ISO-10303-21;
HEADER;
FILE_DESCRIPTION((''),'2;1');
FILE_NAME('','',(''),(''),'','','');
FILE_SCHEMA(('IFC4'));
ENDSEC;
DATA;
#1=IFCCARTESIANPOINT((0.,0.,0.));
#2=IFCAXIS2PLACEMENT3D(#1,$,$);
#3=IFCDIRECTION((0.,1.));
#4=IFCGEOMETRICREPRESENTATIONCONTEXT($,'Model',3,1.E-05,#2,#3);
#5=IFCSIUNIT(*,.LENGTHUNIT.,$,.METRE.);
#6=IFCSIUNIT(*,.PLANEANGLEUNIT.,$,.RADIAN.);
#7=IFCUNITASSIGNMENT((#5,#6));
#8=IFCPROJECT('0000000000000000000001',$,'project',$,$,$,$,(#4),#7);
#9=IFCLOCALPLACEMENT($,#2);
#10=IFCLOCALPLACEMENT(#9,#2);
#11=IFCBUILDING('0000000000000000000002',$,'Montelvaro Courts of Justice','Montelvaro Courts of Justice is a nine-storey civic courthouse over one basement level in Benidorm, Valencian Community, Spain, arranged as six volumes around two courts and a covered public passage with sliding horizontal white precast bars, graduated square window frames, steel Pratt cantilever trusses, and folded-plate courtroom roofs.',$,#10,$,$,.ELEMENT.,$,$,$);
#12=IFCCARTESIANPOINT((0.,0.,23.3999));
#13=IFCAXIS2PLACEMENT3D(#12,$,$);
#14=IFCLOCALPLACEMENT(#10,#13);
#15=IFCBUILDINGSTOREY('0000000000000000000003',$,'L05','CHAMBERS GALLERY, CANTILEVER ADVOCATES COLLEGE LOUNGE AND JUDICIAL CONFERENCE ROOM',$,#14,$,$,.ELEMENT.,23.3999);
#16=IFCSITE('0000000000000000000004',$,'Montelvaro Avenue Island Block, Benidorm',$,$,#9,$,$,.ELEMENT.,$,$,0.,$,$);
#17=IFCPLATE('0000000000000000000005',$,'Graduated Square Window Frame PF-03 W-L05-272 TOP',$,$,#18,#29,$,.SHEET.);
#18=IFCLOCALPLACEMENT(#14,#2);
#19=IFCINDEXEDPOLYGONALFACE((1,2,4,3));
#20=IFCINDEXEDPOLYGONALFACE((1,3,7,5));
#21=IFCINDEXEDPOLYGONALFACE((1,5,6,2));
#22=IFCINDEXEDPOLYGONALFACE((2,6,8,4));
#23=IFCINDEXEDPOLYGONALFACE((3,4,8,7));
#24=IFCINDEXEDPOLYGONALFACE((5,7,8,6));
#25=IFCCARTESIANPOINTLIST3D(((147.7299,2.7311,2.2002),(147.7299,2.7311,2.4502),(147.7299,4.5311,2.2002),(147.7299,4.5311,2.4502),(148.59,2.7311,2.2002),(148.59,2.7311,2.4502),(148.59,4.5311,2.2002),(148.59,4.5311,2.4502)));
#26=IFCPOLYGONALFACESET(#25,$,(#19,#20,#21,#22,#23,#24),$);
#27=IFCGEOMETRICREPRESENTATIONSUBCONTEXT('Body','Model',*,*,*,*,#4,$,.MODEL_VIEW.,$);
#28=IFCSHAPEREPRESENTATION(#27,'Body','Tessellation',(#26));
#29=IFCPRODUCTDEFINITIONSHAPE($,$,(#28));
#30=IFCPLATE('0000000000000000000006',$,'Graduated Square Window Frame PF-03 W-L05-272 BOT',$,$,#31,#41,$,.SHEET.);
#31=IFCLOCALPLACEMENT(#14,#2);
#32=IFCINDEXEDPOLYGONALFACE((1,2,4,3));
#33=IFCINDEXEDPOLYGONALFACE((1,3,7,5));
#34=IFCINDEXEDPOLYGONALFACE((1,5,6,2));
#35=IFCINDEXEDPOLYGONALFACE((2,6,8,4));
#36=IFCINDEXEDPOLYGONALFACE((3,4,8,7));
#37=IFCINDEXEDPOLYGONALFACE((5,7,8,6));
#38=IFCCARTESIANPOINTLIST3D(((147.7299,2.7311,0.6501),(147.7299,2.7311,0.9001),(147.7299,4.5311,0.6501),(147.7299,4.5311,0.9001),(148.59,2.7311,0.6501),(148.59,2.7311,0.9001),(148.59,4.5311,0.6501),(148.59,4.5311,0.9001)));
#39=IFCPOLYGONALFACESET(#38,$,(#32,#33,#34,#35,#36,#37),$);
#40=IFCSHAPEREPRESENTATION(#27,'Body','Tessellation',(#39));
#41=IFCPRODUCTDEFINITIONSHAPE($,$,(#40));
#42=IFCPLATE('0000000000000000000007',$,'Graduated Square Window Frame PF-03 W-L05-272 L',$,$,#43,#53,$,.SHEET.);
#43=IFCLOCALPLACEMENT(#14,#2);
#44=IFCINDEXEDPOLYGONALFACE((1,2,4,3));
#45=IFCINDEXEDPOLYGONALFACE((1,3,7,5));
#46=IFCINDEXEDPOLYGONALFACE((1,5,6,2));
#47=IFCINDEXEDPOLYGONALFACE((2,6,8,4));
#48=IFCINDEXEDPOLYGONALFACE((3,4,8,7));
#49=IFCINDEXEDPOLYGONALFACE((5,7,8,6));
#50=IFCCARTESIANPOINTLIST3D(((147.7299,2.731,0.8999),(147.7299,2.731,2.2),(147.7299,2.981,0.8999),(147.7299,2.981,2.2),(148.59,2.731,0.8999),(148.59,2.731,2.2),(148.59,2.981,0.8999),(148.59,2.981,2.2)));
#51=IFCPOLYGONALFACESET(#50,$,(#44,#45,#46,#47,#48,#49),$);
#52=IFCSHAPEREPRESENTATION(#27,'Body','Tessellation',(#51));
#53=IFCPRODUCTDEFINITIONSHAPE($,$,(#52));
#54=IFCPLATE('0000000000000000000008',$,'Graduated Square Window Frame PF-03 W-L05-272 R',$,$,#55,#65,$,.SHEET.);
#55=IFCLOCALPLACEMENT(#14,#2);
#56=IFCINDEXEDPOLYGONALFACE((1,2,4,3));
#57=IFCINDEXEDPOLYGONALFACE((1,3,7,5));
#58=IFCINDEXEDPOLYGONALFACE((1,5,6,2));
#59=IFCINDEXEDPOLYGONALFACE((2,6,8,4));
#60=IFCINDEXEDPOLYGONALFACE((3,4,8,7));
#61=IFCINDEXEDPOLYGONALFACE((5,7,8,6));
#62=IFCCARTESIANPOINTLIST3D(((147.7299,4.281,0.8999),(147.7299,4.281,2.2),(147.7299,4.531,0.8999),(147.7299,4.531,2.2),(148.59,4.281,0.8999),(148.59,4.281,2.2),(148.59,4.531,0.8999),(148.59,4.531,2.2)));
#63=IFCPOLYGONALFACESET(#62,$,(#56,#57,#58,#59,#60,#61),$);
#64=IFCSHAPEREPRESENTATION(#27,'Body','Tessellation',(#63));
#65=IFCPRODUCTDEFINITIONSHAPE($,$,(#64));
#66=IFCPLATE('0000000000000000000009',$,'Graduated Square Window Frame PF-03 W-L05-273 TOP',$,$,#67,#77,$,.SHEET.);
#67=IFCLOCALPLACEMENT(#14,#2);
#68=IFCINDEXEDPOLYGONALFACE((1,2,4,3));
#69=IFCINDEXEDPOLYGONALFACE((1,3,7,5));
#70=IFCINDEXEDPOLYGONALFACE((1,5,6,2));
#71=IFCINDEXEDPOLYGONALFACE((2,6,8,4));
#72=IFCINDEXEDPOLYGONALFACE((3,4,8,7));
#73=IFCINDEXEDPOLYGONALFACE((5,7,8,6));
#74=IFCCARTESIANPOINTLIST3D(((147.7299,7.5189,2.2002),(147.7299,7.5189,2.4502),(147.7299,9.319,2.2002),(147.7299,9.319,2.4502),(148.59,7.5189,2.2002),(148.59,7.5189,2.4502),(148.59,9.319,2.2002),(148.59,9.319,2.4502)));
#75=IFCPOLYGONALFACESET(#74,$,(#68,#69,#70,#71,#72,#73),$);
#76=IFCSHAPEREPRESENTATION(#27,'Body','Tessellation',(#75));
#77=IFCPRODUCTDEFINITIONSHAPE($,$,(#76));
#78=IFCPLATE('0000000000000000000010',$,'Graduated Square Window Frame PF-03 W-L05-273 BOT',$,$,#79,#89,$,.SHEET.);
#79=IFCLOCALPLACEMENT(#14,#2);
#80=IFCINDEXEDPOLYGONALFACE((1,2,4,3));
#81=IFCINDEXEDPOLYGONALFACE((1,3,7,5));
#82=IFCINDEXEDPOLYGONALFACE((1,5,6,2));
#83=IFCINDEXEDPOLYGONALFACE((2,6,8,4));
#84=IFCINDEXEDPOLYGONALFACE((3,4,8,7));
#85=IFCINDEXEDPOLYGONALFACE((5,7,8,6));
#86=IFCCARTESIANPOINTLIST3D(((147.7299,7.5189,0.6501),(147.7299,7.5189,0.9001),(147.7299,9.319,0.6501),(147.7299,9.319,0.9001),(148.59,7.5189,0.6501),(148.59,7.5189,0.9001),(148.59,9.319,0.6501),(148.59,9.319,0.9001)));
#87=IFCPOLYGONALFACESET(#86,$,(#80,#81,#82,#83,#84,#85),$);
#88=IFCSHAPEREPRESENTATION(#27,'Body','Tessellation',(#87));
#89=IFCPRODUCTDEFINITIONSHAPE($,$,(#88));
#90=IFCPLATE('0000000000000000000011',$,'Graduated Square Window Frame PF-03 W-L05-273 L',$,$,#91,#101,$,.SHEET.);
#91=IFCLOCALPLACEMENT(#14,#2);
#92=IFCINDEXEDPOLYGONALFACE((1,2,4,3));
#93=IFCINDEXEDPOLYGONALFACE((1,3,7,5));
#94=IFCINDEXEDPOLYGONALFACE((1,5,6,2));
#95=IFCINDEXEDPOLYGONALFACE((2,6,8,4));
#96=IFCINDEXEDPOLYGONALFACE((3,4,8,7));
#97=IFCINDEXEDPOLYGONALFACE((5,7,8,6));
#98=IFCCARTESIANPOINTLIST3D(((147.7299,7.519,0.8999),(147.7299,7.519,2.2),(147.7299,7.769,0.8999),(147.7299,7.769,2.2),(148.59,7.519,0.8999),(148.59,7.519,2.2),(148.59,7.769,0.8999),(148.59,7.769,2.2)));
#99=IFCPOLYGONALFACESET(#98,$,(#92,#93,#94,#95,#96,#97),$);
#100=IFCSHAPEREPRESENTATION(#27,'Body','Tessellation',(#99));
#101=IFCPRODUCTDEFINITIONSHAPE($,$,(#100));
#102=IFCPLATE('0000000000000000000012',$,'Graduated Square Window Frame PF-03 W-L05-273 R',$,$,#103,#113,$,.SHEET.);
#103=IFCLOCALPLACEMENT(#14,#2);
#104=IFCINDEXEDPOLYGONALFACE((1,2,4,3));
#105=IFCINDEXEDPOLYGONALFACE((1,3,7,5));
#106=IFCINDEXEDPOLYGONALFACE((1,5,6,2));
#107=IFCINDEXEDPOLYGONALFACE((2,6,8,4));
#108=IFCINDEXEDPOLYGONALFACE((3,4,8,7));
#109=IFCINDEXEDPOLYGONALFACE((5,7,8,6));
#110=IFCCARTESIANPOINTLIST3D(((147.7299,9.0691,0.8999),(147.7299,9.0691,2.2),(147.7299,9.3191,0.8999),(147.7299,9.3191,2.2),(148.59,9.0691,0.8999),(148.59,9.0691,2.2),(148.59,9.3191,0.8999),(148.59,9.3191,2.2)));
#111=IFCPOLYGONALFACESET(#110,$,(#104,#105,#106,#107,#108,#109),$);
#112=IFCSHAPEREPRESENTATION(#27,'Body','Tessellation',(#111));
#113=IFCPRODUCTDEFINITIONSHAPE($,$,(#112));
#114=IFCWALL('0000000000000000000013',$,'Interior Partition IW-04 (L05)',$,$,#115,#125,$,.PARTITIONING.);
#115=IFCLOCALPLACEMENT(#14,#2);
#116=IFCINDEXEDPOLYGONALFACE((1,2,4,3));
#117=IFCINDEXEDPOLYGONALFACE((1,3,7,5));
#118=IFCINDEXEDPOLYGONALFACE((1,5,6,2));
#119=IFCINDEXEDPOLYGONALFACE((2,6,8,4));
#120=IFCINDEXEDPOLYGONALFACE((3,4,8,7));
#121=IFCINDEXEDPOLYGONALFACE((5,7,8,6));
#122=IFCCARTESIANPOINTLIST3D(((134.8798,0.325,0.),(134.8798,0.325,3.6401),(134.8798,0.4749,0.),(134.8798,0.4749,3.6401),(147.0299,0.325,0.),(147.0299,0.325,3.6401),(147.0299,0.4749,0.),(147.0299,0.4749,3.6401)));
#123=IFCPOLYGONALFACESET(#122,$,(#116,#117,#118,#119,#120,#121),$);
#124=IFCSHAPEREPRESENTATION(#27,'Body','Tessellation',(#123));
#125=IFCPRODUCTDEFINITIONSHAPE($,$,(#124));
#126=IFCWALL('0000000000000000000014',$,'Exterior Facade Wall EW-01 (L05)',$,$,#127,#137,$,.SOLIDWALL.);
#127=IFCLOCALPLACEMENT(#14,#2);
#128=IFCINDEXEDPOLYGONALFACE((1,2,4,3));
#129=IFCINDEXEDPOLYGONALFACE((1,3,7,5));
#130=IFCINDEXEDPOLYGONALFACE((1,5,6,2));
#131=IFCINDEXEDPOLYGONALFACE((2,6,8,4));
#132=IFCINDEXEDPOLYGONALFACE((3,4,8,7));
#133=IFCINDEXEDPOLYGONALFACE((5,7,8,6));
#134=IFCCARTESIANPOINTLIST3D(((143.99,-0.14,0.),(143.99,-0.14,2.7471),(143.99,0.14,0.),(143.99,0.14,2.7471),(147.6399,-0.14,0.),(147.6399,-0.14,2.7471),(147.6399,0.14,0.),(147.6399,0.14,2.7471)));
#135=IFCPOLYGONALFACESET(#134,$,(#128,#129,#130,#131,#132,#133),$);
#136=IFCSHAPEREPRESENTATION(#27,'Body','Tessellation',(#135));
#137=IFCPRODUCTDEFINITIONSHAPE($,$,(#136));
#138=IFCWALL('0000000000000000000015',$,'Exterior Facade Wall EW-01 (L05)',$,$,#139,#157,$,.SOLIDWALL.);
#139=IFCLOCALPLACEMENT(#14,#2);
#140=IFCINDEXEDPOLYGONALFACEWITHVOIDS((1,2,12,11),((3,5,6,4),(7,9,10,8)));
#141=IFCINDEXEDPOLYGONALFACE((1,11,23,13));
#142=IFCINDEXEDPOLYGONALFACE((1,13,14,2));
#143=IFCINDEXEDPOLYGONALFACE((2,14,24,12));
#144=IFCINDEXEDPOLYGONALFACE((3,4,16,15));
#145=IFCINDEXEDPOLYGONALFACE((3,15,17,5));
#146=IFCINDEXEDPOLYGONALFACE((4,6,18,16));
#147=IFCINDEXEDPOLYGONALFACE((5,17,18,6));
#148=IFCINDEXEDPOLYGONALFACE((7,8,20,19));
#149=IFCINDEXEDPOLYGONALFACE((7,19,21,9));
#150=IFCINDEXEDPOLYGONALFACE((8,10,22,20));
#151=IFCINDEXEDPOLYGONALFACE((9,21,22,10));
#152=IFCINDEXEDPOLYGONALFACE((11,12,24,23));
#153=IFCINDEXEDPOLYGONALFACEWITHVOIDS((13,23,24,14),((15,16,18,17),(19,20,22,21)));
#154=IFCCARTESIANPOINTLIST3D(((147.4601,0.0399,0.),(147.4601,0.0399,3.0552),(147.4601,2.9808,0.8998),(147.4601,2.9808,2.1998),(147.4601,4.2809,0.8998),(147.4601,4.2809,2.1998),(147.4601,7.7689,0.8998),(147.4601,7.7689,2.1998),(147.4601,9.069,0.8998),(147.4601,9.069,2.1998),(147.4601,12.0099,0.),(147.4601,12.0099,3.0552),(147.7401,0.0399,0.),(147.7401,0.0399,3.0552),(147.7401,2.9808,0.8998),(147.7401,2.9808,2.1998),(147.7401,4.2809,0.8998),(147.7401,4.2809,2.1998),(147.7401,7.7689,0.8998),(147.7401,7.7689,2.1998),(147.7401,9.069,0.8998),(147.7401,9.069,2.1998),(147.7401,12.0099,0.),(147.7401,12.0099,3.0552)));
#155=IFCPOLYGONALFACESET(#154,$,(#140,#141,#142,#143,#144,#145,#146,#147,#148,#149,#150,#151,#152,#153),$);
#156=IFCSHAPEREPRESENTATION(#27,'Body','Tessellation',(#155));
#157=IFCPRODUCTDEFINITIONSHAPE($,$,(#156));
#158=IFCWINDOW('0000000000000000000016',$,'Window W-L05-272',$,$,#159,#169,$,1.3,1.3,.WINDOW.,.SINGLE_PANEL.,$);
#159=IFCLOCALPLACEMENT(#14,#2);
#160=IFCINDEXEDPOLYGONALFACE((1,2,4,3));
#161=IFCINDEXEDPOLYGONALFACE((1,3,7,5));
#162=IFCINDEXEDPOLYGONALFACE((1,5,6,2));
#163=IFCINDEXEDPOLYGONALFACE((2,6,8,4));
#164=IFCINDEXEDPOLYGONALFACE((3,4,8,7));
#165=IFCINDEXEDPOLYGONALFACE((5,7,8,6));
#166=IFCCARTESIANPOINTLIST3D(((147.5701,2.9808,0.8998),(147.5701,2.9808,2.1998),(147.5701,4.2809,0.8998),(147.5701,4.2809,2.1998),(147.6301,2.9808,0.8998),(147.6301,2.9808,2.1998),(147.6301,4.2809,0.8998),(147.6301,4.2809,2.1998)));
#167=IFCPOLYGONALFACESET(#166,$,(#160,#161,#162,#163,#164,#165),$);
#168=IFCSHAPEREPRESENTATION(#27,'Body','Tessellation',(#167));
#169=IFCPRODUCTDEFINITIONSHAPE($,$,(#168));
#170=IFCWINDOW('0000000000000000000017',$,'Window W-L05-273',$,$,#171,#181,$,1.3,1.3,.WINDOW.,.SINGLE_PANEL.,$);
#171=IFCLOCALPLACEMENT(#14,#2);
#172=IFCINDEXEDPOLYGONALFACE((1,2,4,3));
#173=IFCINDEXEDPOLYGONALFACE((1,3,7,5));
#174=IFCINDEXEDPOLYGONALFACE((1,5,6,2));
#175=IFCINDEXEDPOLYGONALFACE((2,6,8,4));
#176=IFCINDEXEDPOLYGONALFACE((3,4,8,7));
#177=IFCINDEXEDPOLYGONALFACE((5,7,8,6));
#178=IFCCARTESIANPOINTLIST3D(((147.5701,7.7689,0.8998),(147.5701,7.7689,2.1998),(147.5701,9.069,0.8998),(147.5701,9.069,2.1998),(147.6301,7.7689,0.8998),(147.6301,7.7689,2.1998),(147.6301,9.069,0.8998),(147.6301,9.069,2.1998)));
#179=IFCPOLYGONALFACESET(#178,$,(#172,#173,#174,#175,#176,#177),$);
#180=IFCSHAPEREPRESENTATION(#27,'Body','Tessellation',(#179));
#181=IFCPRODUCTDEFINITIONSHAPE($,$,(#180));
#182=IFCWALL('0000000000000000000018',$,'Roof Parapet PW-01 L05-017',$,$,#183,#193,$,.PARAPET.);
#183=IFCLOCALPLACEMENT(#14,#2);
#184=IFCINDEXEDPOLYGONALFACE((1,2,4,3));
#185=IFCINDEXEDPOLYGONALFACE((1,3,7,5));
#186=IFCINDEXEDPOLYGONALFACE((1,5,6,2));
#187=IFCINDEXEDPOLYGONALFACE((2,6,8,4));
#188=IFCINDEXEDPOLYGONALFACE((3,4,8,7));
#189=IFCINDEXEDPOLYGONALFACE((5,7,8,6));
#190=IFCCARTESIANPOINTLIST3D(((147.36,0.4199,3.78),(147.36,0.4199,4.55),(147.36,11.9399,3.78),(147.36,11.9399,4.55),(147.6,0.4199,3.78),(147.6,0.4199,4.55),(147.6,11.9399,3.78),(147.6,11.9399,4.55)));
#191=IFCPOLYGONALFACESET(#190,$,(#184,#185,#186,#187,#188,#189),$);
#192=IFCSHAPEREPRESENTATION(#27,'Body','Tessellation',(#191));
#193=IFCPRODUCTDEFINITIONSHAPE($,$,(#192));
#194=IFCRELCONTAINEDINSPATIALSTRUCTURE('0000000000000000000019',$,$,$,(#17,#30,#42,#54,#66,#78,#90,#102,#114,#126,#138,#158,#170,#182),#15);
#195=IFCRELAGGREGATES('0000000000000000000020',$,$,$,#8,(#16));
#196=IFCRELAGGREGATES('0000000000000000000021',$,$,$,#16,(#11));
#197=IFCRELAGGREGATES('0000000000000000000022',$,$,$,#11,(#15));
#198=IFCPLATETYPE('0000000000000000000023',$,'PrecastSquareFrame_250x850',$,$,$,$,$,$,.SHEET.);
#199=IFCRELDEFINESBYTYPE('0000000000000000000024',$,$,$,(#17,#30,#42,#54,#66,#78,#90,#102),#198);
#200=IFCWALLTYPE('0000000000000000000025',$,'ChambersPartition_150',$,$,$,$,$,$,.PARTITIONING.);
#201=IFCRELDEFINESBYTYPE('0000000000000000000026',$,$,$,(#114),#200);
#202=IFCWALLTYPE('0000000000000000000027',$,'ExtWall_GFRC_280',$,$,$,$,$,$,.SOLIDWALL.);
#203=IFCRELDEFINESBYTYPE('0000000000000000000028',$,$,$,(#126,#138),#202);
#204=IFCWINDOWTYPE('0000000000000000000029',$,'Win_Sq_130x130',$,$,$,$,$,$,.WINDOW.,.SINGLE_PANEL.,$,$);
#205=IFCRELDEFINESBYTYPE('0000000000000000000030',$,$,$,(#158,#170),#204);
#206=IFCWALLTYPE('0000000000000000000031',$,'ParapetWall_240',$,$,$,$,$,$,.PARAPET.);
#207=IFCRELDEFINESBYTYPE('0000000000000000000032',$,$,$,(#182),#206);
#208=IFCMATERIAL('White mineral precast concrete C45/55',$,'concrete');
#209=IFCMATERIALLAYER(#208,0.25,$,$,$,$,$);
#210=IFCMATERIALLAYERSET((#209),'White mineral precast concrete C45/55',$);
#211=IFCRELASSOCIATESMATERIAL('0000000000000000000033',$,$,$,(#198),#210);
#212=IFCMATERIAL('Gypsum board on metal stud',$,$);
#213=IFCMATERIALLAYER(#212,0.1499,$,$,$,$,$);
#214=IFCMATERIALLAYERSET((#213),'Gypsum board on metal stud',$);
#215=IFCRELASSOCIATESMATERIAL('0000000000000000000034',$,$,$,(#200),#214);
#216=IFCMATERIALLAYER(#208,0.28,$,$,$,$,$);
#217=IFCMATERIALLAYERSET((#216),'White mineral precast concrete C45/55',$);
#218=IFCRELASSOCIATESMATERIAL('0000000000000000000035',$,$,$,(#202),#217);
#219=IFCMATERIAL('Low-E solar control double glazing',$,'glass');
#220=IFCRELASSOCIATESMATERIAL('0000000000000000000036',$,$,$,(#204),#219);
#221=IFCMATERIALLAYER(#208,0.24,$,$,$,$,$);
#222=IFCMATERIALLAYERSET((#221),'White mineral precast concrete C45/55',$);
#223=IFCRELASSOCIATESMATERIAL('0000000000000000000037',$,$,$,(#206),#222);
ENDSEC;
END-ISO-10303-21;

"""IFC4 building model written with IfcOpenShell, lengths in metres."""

from ifc_helpers import new_model, si_unit, direction, frame, frame_2d, origin, origin_2d, place, context, subcontext, project, spatial, rectangle, extrude, material, layer, layer_set, type_object, element, fill, save


model = new_model("IFC4")

# Units and contexts
model_context = context("Model", 3, precision=1e-05, world=origin(), true_north=direction((0.0, 1.0)))
body_context = subcontext(model_context, "Body", "Model", "MODEL_VIEW")
ifc_project = project(units=[si_unit("LENGTHUNIT", "METRE"), si_unit("PLANEANGLEUNIT", "RADIAN")], contexts=[model_context])

# Site, building, storey
site_placement = place(None, origin())
site = spatial("IfcSite", under=ifc_project, at=site_placement, Name="Montelvaro Avenue Island Block, Benidorm", CompositionType="ELEMENT", RefElevation=0.0)
building_placement = place(site_placement, origin())
building = spatial("IfcBuilding", under=site, at=building_placement, Name="Montelvaro Courts of Justice", Description="Montelvaro Courts of Justice is a nine-storey civic courthouse over one basement level in Benidorm, Valencian Community, Spain, arranged as six volumes around two courts and a covered public passage with sliding horizontal white precast bars, graduated square window frames, steel Pratt cantilever trusses, and folded-plate courtroom roofs.", CompositionType="ELEMENT")
storey_placement = place(building_placement, frame((0.0, 0.0, 23.3999)))
storey = spatial("IfcBuildingStorey", under=building, at=storey_placement, Name="L05", Description="CHAMBERS GALLERY, CANTILEVER ADVOCATES COLLEGE LOUNGE AND JUDICIAL CONFERENCE ROOM", CompositionType="ELEMENT", Elevation=23.3999)

# Plates
ifc_material_1 = material(Name="White mineral precast concrete C45/55", Category="concrete")
ifc_layer_1 = layer(ifc_material_1, 0.25)
ifc_layer_set_1 = layer_set([ifc_layer_1], Name="White mineral precast concrete C45/55")
plate_type_1 = type_object("IfcPlateType", Name="PrecastSquareFrame_250x850", PredefinedType="SHEET", material=ifc_layer_set_1)
for number, where, z_axis, x_axis, name in (
    (1, (148.1599, 3.6311, 2.2002), (0.0, 0.0, 1.0), (0.0, 1.0, 0.0), "Graduated Square Window Frame PF-03 W-L05-272 TOP"),
    (2, (148.1599, 3.6311, 0.6501), (0.0, 0.0, 1.0), (0.0, 1.0, 0.0), "Graduated Square Window Frame PF-03 W-L05-272 BOT"),
):
    element("IfcPlate", number, at=place(storey_placement, frame(where, z_axis=z_axis, x_axis=x_axis)), inside=storey, type_object=plate_type_1, Name=name, PredefinedType="SHEET", context=body_context, shape_type="SweptSolid", body=[
        extrude(rectangle(XDim=1.8, YDim=0.8601, at=origin_2d()), origin(), (0.0, 0.0, 1.0), 0.25),
    ])
for number, where, z_axis, x_axis, name in (
    (3, (148.1599, 2.856, 0.8999), (0.0, 0.0, 1.0), (0.0, 1.0, 0.0), "Graduated Square Window Frame PF-03 W-L05-272 L"),
    (4, (148.1599, 4.406, 0.8999), (0.0, 0.0, 1.0), (0.0, 1.0, 0.0), "Graduated Square Window Frame PF-03 W-L05-272 R"),
):
    element("IfcPlate", number, at=place(storey_placement, frame(where, z_axis=z_axis, x_axis=x_axis)), inside=storey, type_object=plate_type_1, Name=name, PredefinedType="SHEET", context=body_context, shape_type="SweptSolid", body=[
        extrude(rectangle(XDim=0.25, YDim=0.8601, at=origin_2d()), origin(), (0.0, 0.0, 1.0), 1.3),
    ])
for number, where, z_axis, x_axis, name in (
    (5, (148.1599, 8.4189, 2.2002), (0.0, 0.0, 1.0), (0.0, 1.0, 0.0), "Graduated Square Window Frame PF-03 W-L05-273 TOP"),
    (6, (148.1599, 8.4189, 0.6501), (0.0, 0.0, 1.0), (0.0, 1.0, 0.0), "Graduated Square Window Frame PF-03 W-L05-273 BOT"),
):
    element("IfcPlate", number, at=place(storey_placement, frame(where, z_axis=z_axis, x_axis=x_axis)), inside=storey, type_object=plate_type_1, Name=name, PredefinedType="SHEET", context=body_context, shape_type="SweptSolid", body=[
        extrude(rectangle(XDim=1.8, YDim=0.8601, at=origin_2d()), origin(), (0.0, 0.0, 1.0), 0.25),
    ])
for number, where, z_axis, x_axis, name in (
    (7, (148.1599, 7.644, 0.8999), (0.0, 0.0, 1.0), (0.0, 1.0, 0.0), "Graduated Square Window Frame PF-03 W-L05-273 L"),
    (8, (148.1599, 9.1941, 0.8999), (0.0, 0.0, 1.0), (0.0, 1.0, 0.0), "Graduated Square Window Frame PF-03 W-L05-273 R"),
):
    element("IfcPlate", number, at=place(storey_placement, frame(where, z_axis=z_axis, x_axis=x_axis)), inside=storey, type_object=plate_type_1, Name=name, PredefinedType="SHEET", context=body_context, shape_type="SweptSolid", body=[
        extrude(rectangle(XDim=0.25, YDim=0.8601, at=origin_2d()), origin(), (0.0, 0.0, 1.0), 1.3),
    ])

# Walls
ifc_material_2 = material(Name="Gypsum board on metal stud")
ifc_layer_2 = layer(ifc_material_2, 0.1499)
ifc_layer_set_2 = layer_set([ifc_layer_2], Name="Gypsum board on metal stud")
wall_type_1 = type_object("IfcWallType", Name="ChambersPartition_150", PredefinedType="PARTITIONING", material=ifc_layer_set_2)
wall_1_placement = place(storey_placement, frame((147.03, 0.3999, 0.0), z_axis=(0.0, 0.0, 1.0), x_axis=(-1.0, 0.0, 0.0)))
element("IfcWall", 9, at=wall_1_placement, inside=storey, type_object=wall_type_1, Name="Interior Partition IW-04 (L05)", PredefinedType="PARTITIONING", context=body_context, shape_type="SweptSolid", body=[
    extrude(rectangle(XDim=12.1501, YDim=0.1499, at=frame_2d((6.0752, 0.0))), origin(), (0.0, 0.0, 1.0), 3.6401),
])
ifc_layer_3 = layer(ifc_material_1, 0.28)
ifc_layer_set_3 = layer_set([ifc_layer_3], Name="White mineral precast concrete C45/55")
wall_type_2 = type_object("IfcWallType", Name="ExtWall_GFRC_280", PredefinedType="SOLIDWALL", material=ifc_layer_set_3)
wall_2_placement = place(storey_placement, frame((143.99, 0.0, 0.0), z_axis=(0.0, 0.0, 1.0), x_axis=(1.0, 0.0, 0.0)))
element("IfcWall", 10, at=wall_2_placement, inside=storey, type_object=wall_type_2, Name="Exterior Facade Wall EW-01 (L05)", PredefinedType="SOLIDWALL", context=body_context, shape_type="SweptSolid", body=[
    extrude(rectangle(XDim=3.6499, YDim=0.28, at=frame_2d((1.825, 0.0))), origin(), (0.0, 0.0, 1.0), 2.7471),
])

# Wall, openings, windows
wall_3_placement = place(storey_placement, frame((147.6001, 0.04, 0.0), z_axis=(0.0, 0.0, 1.0), x_axis=(0.0, 1.0, 0.0)))
wall_3 = element("IfcWall", 11, at=wall_3_placement, inside=storey, type_object=wall_type_2, Name="Exterior Facade Wall EW-01 (L05)", PredefinedType="SOLIDWALL", context=body_context, shape_type="SweptSolid", body=[
    extrude(rectangle(XDim=11.97, YDim=0.28, at=frame_2d((5.9849, 0.0))), origin(), (0.0, 0.0, 1.0), 3.0552),
])
opening_1_placement = place(wall_3_placement, frame((2.9409, 0.0, 0.8999)))
opening_1 = element("IfcOpeningElement", 12, at=opening_1_placement, cuts=wall_3, PredefinedType="OPENING", context=body_context, shape_type="SweptSolid", body=[
    extrude(rectangle(XDim=1.3, YDim=1.3, at=frame_2d((0.6499, 0.6499))), frame((0.0, 0.1548, 0.0), z_axis=(0.0, -1.0, 0.0), x_axis=(1.0, 0.0, 0.0)), (0.0, 0.0, 1.0), 0.3098),
])
opening_2_placement = place(wall_3_placement, frame((7.729, 0.0, 0.8999)))
opening_2 = element("IfcOpeningElement", 13, at=opening_2_placement, cuts=wall_3, PredefinedType="OPENING", context=body_context, shape_type="SweptSolid", body=[
    extrude(rectangle(XDim=1.3, YDim=1.3, at=frame_2d((0.6499, 0.6499))), frame((0.0, 0.1548, 0.0), z_axis=(0.0, -1.0, 0.0), x_axis=(1.0, 0.0, 0.0)), (0.0, 0.0, 1.0), 0.3098),
])
ifc_material_3 = material(Name="Low-E solar control double glazing", Category="glass")
window_type = type_object("IfcWindowType", Name="Win_Sq_130x130", PartitioningType="SINGLE_PANEL", PredefinedType="WINDOW", material=ifc_material_3)
window_1_placement = place(opening_1_placement, origin())
window_1 = element("IfcWindow", 14, at=window_1_placement, inside=storey, type_object=window_type, Name="Window W-L05-272", OverallHeight=1.3, OverallWidth=1.3, PartitioningType="SINGLE_PANEL", PredefinedType="WINDOW", context=body_context, shape_type="SweptSolid", body=[
    extrude(rectangle(XDim=1.3, YDim=1.3, at=frame_2d((0.6499, 0.6499))), frame((0.0, 0.03, 0.0), z_axis=(0.0, -1.0, 0.0), x_axis=(1.0, 0.0, 0.0)), (0.0, 0.0, 1.0), 0.0601),
])
fill(opening_1, window_1)
window_2_placement = place(opening_2_placement, origin())
window_2 = element("IfcWindow", 15, at=window_2_placement, inside=storey, type_object=window_type, Name="Window W-L05-273", OverallHeight=1.3, OverallWidth=1.3, PartitioningType="SINGLE_PANEL", PredefinedType="WINDOW", context=body_context, shape_type="SweptSolid", body=[
    extrude(rectangle(XDim=1.3, YDim=1.3, at=frame_2d((0.6499, 0.6499))), frame((0.0, 0.03, 0.0), z_axis=(0.0, -1.0, 0.0), x_axis=(1.0, 0.0, 0.0)), (0.0, 0.0, 1.0), 0.0601),
])
fill(opening_2, window_2)

# Wall
ifc_layer_4 = layer(ifc_material_1, 0.24)
ifc_layer_set_4 = layer_set([ifc_layer_4], Name="White mineral precast concrete C45/55")
wall_type_3 = type_object("IfcWallType", Name="ParapetWall_240", PredefinedType="PARAPET", material=ifc_layer_set_4)
wall_4_placement = place(storey_placement, frame((147.48, 0.4199, 3.78), z_axis=(0.0, 0.0, 1.0), x_axis=(0.0, 1.0, 0.0)))
element("IfcWall", 16, at=wall_4_placement, inside=storey, type_object=wall_type_3, Name="Roof Parapet PW-01 L05-017", PredefinedType="PARAPET", context=body_context, shape_type="SweptSolid", body=[
    extrude(rectangle(XDim=11.52, YDim=0.24, at=frame_2d((5.76, 0.0))), origin(), (0.0, 0.0, 1.0), 0.77),
])

save(model, "model.ifc")
